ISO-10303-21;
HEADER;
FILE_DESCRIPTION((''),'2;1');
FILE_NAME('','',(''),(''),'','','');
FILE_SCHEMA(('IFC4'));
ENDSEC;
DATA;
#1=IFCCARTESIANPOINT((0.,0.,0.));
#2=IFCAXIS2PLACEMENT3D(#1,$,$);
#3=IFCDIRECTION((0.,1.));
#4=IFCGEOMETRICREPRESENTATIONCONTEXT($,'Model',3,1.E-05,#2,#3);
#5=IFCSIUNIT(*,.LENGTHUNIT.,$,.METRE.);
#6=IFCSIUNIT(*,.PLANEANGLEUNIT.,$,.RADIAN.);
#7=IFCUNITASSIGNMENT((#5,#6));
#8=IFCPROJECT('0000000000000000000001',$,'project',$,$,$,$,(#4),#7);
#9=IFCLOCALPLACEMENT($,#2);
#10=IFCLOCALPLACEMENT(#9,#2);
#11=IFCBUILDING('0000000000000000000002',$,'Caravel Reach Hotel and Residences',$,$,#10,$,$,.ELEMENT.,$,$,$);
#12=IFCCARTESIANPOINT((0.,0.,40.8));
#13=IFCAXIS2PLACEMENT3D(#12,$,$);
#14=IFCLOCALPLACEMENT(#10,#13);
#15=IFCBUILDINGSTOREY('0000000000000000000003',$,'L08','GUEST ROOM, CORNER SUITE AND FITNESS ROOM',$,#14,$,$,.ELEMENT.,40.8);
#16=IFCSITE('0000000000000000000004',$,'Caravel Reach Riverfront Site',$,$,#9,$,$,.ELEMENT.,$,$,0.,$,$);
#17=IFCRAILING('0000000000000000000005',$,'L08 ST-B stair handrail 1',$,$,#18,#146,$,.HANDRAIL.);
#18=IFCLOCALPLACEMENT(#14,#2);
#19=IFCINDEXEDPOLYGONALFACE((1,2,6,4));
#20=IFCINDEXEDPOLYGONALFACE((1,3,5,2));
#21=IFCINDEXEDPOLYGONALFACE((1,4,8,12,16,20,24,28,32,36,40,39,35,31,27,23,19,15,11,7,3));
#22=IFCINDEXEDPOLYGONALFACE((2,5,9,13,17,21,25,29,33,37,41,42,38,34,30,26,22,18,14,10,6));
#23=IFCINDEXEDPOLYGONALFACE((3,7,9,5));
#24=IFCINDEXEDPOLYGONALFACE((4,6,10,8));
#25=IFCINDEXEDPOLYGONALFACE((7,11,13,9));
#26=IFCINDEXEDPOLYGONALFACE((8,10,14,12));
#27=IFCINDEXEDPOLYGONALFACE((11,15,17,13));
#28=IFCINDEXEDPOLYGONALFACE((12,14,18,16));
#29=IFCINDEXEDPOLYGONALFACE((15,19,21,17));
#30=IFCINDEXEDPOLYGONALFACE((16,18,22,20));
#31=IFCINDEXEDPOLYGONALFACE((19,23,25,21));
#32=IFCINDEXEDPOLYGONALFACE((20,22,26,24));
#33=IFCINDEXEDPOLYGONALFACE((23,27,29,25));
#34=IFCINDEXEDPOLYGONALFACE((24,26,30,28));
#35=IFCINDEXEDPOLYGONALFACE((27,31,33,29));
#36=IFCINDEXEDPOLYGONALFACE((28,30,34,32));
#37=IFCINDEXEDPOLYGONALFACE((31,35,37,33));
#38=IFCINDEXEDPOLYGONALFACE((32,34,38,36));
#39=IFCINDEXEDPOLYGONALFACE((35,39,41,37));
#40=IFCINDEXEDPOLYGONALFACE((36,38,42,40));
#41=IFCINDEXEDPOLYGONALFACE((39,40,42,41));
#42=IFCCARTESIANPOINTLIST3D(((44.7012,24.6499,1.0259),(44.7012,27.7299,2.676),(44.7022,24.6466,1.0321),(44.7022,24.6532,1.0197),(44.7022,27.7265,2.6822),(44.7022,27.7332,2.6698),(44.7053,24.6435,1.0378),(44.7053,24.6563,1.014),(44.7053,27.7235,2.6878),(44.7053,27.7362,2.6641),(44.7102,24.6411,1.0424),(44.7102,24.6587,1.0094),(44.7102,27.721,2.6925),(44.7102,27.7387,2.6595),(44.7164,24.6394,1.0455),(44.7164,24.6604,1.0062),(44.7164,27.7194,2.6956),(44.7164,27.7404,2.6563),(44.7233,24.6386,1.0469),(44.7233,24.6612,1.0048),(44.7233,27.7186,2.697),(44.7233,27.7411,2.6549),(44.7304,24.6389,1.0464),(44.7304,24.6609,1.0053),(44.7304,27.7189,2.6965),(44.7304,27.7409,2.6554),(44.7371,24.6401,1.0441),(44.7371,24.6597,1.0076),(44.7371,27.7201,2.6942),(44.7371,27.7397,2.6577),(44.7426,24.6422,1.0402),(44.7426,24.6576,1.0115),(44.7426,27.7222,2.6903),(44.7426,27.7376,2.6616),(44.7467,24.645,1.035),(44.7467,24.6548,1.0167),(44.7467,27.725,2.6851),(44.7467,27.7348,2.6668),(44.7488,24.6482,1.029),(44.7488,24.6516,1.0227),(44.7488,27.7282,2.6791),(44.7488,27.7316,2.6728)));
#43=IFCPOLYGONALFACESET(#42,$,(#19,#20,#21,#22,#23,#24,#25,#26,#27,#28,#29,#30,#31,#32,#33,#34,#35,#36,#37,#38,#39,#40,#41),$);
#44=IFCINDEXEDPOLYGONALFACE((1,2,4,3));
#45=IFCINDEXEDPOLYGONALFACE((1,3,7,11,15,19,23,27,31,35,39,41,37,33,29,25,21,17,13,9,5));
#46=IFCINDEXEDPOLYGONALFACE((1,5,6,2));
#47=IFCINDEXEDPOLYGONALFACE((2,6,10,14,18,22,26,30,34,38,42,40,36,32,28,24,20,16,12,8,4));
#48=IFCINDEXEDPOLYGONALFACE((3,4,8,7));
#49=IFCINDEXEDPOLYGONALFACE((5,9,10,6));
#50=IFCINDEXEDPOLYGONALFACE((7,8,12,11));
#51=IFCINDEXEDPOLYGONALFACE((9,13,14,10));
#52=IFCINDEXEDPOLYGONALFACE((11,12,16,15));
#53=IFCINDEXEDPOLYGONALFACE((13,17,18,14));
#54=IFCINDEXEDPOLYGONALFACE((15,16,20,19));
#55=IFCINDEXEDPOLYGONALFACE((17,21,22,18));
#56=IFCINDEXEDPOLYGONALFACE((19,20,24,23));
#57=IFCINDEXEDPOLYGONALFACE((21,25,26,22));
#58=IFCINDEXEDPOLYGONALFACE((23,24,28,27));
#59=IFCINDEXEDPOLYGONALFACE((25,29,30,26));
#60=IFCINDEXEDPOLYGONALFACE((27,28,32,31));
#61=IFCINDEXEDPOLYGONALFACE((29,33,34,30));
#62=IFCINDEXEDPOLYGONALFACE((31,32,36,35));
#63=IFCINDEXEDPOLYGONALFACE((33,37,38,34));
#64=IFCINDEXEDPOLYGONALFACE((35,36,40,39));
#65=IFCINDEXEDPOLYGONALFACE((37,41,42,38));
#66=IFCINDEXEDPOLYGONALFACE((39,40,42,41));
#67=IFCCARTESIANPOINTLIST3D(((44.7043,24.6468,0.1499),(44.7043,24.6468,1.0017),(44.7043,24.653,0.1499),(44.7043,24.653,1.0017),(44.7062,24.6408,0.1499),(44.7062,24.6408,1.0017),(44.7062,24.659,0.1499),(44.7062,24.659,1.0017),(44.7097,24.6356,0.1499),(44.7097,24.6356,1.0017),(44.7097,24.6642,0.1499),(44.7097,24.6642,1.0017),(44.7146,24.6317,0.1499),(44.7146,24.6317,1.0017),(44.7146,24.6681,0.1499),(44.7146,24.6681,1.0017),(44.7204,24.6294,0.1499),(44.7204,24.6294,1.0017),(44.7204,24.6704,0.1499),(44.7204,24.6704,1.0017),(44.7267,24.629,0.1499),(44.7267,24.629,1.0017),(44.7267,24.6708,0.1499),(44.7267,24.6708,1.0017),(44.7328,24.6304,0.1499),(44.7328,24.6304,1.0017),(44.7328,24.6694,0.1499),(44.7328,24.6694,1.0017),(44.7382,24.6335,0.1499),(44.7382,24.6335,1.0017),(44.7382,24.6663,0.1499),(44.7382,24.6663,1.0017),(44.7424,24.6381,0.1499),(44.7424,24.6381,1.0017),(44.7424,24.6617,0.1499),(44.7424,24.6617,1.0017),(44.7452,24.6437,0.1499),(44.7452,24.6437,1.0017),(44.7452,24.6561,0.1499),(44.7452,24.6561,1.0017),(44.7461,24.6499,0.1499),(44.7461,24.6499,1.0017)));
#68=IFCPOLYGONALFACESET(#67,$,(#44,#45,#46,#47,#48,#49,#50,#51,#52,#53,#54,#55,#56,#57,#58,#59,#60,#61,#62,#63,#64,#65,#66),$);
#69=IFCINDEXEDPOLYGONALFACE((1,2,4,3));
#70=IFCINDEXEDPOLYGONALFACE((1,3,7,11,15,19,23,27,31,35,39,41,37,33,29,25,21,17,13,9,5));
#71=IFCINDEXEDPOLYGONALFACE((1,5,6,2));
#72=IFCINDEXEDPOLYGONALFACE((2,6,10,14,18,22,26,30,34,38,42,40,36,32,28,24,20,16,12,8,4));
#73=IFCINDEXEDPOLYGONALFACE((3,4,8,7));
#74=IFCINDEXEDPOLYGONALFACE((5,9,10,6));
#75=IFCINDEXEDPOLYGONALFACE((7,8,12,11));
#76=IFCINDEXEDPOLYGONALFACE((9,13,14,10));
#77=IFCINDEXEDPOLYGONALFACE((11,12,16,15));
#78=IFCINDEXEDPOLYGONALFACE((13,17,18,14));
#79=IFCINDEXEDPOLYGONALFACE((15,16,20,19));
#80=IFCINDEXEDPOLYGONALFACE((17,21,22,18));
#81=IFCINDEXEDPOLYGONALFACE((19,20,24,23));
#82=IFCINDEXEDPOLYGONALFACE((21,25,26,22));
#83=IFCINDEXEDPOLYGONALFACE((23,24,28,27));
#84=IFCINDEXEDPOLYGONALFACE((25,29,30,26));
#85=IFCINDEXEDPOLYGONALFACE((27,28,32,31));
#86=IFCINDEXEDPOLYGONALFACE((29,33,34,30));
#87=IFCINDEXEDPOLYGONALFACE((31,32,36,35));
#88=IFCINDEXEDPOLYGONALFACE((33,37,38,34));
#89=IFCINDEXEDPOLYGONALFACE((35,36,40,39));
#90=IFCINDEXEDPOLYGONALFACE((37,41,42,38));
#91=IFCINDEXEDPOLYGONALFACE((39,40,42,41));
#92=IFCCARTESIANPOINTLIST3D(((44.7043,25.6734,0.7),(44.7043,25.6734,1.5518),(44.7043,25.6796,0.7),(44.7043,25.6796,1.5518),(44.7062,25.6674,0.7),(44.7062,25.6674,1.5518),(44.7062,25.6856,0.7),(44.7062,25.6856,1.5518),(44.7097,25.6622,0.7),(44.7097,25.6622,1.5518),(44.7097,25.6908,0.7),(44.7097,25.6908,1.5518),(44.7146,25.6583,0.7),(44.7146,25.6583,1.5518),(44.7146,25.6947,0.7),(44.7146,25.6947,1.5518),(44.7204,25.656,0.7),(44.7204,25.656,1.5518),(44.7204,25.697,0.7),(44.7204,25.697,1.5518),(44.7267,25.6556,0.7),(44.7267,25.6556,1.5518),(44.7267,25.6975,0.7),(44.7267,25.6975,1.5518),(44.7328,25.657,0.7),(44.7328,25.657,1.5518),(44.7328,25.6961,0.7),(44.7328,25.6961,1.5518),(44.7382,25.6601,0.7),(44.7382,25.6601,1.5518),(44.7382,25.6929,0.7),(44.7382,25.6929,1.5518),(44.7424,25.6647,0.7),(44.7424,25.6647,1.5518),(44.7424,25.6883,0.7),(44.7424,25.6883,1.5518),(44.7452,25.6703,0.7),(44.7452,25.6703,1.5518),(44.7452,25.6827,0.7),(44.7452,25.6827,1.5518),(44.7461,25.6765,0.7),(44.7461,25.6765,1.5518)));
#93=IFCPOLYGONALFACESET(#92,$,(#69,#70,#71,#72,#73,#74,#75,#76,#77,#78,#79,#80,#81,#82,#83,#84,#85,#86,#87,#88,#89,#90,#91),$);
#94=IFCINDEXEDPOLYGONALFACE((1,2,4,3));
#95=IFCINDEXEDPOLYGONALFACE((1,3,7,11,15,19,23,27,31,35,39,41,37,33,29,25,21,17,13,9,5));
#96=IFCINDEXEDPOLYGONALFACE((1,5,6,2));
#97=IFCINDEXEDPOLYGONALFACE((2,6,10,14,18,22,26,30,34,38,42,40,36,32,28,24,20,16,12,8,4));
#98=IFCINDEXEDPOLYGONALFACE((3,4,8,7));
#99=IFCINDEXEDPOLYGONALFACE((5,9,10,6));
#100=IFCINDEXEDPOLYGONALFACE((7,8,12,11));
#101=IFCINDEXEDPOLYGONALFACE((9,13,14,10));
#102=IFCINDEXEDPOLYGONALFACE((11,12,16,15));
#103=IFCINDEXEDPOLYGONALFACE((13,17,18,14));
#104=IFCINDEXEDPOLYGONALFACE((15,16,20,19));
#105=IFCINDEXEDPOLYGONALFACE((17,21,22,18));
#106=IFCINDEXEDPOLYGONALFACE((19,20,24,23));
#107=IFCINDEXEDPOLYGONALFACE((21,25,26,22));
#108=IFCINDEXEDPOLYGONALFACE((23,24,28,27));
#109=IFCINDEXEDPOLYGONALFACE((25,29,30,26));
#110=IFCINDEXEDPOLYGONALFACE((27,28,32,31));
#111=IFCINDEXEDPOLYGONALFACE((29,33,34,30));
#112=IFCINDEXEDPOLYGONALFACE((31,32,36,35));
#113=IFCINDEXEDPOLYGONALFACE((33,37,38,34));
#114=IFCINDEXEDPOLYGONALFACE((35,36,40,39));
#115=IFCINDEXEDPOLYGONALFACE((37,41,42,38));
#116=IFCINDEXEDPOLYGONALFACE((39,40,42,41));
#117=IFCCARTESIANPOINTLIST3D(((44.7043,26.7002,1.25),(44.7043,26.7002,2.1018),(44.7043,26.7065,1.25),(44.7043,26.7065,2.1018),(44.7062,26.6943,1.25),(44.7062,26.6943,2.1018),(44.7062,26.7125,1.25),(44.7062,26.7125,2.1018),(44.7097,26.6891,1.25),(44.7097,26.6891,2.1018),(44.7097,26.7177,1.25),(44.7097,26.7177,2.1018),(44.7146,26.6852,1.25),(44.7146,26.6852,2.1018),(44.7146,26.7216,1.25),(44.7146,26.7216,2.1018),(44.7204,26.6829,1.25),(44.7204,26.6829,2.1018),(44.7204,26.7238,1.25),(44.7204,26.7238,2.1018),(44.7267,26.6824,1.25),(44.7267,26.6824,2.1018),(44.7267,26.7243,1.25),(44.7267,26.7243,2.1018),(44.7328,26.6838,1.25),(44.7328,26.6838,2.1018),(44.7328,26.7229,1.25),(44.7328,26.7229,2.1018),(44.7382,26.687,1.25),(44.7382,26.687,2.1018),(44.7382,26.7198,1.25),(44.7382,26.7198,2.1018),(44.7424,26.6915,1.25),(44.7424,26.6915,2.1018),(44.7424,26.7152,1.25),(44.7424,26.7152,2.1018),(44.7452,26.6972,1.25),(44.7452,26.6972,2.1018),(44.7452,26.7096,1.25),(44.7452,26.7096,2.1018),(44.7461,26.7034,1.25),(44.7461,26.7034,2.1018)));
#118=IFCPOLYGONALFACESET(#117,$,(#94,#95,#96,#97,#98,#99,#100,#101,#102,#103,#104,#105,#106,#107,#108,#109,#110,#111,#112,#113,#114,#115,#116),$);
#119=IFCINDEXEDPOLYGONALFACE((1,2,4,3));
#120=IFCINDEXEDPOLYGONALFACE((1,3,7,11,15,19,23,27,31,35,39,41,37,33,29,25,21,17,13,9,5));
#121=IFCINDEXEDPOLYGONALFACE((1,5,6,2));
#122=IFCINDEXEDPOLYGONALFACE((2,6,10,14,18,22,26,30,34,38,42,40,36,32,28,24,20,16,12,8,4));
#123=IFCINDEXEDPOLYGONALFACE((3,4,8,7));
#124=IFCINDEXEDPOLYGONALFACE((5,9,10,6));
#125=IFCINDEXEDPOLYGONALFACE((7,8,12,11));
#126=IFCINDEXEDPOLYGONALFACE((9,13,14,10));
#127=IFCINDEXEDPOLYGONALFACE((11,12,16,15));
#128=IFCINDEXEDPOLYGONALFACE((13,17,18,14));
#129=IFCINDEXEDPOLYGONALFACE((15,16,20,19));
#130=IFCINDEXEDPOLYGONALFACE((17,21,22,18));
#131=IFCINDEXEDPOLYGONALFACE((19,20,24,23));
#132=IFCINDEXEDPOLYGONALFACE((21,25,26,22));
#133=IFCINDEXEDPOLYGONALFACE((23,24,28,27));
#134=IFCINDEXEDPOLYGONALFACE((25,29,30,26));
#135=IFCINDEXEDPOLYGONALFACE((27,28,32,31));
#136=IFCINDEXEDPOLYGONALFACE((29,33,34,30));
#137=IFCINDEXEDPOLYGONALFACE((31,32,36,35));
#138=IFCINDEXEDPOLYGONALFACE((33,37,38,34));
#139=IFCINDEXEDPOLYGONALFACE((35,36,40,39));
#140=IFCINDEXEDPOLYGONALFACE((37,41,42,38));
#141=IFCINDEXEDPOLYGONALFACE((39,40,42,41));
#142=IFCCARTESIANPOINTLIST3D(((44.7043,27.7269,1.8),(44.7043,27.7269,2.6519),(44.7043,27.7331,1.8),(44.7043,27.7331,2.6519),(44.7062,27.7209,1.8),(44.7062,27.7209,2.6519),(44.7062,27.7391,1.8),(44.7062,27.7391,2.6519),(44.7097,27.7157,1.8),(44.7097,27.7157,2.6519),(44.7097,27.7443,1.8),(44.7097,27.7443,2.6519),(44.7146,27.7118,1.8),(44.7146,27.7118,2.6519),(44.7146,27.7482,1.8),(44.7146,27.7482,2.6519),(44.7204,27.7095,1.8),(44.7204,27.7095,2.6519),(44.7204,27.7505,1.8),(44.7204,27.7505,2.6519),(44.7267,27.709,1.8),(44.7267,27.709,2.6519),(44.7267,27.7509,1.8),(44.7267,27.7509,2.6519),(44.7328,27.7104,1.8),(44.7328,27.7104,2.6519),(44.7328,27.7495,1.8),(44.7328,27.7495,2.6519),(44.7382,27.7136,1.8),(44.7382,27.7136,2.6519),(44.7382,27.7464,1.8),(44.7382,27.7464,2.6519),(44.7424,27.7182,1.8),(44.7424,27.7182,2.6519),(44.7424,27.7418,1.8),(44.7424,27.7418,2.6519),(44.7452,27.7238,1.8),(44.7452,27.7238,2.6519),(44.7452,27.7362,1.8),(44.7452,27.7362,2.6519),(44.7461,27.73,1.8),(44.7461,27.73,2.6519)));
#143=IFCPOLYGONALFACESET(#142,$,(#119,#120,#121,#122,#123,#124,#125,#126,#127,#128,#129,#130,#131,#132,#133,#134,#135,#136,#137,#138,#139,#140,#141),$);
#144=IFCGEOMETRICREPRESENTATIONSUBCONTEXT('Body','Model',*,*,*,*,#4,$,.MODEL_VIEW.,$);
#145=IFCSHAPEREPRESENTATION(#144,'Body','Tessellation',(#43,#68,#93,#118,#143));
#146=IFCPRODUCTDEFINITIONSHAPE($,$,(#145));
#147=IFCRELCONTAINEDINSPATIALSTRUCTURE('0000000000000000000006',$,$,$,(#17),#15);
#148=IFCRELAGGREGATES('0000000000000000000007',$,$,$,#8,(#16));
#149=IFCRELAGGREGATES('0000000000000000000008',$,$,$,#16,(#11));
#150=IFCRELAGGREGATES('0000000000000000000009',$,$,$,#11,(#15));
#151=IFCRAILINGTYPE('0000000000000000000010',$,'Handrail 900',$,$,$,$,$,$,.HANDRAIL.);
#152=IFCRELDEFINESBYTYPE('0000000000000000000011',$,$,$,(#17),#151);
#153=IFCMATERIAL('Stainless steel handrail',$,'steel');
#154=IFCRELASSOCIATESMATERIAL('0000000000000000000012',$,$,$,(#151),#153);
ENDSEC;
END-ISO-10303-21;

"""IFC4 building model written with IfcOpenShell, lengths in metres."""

from ifc_helpers import new_model, si_unit, direction, frame, origin, origin_2d, place, context, subcontext, project, spatial, circle, extrude, material, type_object, element, save


model = new_model("IFC4")

# Units and contexts
model_context = context("Model", 3, precision=1e-05, world=origin(), true_north=direction((0.0, 1.0)))
body_context = subcontext(model_context, "Body", "Model", "MODEL_VIEW")
ifc_project = project(units=[si_unit("LENGTHUNIT", "METRE"), si_unit("PLANEANGLEUNIT", "RADIAN")], contexts=[model_context])

# Site, building, storey
site_placement = place(None, origin())
site = spatial("IfcSite", under=ifc_project, at=site_placement, Name="Caravel Reach Riverfront Site", CompositionType="ELEMENT", RefElevation=0.0)
building_placement = place(site_placement, origin())
building = spatial("IfcBuilding", under=site, at=building_placement, Name="Caravel Reach Hotel and Residences", CompositionType="ELEMENT")
storey_placement = place(building_placement, frame((0.0, 0.0, 40.8)))
storey = spatial("IfcBuildingStorey", under=building, at=storey_placement, Name="L08", Description="GUEST ROOM, CORNER SUITE AND FITNESS ROOM", CompositionType="ELEMENT", Elevation=40.8)

# Railing
ifc_material_1 = material(Name="Stainless steel handrail", Category="steel")
railing_type_1 = type_object("IfcRailingType", Name="Handrail 900", PredefinedType="HANDRAIL", material=ifc_material_1)
railing_1_placement = place(storey_placement, frame((44.7251, 24.6499, 0.1499)))
element("IfcRailing", 1, at=railing_1_placement, inside=storey, type_object=railing_type_1, Name="L08 ST-B stair handrail 1", PredefinedType="HANDRAIL", context=body_context, shape_type="SweptSolid", body=[
    extrude(circle(Radius=0.0239, at=origin_2d()), frame((0.0, 0.0, 0.876), z_axis=(0.0, 0.881468, 0.472245), x_axis=(-1.0, 0.0, 0.0)), (0.0, 0.0, 1.0), 3.4941),
    extrude(circle(Radius=0.021, at=origin_2d()), origin(), (0.0, 0.0, 1.0), 0.8518),
    extrude(circle(Radius=0.021, at=origin_2d()), frame((0.0, 1.0266, 0.55)), (0.0, 0.0, 1.0), 0.8518),
    extrude(circle(Radius=0.021, at=origin_2d()), frame((0.0, 2.0535, 1.1001)), (0.0, 0.0, 1.0), 0.8518),
    extrude(circle(Radius=0.021, at=origin_2d()), frame((0.0, 3.0801, 1.6501)), (0.0, 0.0, 1.0), 0.8518),
])

save(model, "model.ifc")
